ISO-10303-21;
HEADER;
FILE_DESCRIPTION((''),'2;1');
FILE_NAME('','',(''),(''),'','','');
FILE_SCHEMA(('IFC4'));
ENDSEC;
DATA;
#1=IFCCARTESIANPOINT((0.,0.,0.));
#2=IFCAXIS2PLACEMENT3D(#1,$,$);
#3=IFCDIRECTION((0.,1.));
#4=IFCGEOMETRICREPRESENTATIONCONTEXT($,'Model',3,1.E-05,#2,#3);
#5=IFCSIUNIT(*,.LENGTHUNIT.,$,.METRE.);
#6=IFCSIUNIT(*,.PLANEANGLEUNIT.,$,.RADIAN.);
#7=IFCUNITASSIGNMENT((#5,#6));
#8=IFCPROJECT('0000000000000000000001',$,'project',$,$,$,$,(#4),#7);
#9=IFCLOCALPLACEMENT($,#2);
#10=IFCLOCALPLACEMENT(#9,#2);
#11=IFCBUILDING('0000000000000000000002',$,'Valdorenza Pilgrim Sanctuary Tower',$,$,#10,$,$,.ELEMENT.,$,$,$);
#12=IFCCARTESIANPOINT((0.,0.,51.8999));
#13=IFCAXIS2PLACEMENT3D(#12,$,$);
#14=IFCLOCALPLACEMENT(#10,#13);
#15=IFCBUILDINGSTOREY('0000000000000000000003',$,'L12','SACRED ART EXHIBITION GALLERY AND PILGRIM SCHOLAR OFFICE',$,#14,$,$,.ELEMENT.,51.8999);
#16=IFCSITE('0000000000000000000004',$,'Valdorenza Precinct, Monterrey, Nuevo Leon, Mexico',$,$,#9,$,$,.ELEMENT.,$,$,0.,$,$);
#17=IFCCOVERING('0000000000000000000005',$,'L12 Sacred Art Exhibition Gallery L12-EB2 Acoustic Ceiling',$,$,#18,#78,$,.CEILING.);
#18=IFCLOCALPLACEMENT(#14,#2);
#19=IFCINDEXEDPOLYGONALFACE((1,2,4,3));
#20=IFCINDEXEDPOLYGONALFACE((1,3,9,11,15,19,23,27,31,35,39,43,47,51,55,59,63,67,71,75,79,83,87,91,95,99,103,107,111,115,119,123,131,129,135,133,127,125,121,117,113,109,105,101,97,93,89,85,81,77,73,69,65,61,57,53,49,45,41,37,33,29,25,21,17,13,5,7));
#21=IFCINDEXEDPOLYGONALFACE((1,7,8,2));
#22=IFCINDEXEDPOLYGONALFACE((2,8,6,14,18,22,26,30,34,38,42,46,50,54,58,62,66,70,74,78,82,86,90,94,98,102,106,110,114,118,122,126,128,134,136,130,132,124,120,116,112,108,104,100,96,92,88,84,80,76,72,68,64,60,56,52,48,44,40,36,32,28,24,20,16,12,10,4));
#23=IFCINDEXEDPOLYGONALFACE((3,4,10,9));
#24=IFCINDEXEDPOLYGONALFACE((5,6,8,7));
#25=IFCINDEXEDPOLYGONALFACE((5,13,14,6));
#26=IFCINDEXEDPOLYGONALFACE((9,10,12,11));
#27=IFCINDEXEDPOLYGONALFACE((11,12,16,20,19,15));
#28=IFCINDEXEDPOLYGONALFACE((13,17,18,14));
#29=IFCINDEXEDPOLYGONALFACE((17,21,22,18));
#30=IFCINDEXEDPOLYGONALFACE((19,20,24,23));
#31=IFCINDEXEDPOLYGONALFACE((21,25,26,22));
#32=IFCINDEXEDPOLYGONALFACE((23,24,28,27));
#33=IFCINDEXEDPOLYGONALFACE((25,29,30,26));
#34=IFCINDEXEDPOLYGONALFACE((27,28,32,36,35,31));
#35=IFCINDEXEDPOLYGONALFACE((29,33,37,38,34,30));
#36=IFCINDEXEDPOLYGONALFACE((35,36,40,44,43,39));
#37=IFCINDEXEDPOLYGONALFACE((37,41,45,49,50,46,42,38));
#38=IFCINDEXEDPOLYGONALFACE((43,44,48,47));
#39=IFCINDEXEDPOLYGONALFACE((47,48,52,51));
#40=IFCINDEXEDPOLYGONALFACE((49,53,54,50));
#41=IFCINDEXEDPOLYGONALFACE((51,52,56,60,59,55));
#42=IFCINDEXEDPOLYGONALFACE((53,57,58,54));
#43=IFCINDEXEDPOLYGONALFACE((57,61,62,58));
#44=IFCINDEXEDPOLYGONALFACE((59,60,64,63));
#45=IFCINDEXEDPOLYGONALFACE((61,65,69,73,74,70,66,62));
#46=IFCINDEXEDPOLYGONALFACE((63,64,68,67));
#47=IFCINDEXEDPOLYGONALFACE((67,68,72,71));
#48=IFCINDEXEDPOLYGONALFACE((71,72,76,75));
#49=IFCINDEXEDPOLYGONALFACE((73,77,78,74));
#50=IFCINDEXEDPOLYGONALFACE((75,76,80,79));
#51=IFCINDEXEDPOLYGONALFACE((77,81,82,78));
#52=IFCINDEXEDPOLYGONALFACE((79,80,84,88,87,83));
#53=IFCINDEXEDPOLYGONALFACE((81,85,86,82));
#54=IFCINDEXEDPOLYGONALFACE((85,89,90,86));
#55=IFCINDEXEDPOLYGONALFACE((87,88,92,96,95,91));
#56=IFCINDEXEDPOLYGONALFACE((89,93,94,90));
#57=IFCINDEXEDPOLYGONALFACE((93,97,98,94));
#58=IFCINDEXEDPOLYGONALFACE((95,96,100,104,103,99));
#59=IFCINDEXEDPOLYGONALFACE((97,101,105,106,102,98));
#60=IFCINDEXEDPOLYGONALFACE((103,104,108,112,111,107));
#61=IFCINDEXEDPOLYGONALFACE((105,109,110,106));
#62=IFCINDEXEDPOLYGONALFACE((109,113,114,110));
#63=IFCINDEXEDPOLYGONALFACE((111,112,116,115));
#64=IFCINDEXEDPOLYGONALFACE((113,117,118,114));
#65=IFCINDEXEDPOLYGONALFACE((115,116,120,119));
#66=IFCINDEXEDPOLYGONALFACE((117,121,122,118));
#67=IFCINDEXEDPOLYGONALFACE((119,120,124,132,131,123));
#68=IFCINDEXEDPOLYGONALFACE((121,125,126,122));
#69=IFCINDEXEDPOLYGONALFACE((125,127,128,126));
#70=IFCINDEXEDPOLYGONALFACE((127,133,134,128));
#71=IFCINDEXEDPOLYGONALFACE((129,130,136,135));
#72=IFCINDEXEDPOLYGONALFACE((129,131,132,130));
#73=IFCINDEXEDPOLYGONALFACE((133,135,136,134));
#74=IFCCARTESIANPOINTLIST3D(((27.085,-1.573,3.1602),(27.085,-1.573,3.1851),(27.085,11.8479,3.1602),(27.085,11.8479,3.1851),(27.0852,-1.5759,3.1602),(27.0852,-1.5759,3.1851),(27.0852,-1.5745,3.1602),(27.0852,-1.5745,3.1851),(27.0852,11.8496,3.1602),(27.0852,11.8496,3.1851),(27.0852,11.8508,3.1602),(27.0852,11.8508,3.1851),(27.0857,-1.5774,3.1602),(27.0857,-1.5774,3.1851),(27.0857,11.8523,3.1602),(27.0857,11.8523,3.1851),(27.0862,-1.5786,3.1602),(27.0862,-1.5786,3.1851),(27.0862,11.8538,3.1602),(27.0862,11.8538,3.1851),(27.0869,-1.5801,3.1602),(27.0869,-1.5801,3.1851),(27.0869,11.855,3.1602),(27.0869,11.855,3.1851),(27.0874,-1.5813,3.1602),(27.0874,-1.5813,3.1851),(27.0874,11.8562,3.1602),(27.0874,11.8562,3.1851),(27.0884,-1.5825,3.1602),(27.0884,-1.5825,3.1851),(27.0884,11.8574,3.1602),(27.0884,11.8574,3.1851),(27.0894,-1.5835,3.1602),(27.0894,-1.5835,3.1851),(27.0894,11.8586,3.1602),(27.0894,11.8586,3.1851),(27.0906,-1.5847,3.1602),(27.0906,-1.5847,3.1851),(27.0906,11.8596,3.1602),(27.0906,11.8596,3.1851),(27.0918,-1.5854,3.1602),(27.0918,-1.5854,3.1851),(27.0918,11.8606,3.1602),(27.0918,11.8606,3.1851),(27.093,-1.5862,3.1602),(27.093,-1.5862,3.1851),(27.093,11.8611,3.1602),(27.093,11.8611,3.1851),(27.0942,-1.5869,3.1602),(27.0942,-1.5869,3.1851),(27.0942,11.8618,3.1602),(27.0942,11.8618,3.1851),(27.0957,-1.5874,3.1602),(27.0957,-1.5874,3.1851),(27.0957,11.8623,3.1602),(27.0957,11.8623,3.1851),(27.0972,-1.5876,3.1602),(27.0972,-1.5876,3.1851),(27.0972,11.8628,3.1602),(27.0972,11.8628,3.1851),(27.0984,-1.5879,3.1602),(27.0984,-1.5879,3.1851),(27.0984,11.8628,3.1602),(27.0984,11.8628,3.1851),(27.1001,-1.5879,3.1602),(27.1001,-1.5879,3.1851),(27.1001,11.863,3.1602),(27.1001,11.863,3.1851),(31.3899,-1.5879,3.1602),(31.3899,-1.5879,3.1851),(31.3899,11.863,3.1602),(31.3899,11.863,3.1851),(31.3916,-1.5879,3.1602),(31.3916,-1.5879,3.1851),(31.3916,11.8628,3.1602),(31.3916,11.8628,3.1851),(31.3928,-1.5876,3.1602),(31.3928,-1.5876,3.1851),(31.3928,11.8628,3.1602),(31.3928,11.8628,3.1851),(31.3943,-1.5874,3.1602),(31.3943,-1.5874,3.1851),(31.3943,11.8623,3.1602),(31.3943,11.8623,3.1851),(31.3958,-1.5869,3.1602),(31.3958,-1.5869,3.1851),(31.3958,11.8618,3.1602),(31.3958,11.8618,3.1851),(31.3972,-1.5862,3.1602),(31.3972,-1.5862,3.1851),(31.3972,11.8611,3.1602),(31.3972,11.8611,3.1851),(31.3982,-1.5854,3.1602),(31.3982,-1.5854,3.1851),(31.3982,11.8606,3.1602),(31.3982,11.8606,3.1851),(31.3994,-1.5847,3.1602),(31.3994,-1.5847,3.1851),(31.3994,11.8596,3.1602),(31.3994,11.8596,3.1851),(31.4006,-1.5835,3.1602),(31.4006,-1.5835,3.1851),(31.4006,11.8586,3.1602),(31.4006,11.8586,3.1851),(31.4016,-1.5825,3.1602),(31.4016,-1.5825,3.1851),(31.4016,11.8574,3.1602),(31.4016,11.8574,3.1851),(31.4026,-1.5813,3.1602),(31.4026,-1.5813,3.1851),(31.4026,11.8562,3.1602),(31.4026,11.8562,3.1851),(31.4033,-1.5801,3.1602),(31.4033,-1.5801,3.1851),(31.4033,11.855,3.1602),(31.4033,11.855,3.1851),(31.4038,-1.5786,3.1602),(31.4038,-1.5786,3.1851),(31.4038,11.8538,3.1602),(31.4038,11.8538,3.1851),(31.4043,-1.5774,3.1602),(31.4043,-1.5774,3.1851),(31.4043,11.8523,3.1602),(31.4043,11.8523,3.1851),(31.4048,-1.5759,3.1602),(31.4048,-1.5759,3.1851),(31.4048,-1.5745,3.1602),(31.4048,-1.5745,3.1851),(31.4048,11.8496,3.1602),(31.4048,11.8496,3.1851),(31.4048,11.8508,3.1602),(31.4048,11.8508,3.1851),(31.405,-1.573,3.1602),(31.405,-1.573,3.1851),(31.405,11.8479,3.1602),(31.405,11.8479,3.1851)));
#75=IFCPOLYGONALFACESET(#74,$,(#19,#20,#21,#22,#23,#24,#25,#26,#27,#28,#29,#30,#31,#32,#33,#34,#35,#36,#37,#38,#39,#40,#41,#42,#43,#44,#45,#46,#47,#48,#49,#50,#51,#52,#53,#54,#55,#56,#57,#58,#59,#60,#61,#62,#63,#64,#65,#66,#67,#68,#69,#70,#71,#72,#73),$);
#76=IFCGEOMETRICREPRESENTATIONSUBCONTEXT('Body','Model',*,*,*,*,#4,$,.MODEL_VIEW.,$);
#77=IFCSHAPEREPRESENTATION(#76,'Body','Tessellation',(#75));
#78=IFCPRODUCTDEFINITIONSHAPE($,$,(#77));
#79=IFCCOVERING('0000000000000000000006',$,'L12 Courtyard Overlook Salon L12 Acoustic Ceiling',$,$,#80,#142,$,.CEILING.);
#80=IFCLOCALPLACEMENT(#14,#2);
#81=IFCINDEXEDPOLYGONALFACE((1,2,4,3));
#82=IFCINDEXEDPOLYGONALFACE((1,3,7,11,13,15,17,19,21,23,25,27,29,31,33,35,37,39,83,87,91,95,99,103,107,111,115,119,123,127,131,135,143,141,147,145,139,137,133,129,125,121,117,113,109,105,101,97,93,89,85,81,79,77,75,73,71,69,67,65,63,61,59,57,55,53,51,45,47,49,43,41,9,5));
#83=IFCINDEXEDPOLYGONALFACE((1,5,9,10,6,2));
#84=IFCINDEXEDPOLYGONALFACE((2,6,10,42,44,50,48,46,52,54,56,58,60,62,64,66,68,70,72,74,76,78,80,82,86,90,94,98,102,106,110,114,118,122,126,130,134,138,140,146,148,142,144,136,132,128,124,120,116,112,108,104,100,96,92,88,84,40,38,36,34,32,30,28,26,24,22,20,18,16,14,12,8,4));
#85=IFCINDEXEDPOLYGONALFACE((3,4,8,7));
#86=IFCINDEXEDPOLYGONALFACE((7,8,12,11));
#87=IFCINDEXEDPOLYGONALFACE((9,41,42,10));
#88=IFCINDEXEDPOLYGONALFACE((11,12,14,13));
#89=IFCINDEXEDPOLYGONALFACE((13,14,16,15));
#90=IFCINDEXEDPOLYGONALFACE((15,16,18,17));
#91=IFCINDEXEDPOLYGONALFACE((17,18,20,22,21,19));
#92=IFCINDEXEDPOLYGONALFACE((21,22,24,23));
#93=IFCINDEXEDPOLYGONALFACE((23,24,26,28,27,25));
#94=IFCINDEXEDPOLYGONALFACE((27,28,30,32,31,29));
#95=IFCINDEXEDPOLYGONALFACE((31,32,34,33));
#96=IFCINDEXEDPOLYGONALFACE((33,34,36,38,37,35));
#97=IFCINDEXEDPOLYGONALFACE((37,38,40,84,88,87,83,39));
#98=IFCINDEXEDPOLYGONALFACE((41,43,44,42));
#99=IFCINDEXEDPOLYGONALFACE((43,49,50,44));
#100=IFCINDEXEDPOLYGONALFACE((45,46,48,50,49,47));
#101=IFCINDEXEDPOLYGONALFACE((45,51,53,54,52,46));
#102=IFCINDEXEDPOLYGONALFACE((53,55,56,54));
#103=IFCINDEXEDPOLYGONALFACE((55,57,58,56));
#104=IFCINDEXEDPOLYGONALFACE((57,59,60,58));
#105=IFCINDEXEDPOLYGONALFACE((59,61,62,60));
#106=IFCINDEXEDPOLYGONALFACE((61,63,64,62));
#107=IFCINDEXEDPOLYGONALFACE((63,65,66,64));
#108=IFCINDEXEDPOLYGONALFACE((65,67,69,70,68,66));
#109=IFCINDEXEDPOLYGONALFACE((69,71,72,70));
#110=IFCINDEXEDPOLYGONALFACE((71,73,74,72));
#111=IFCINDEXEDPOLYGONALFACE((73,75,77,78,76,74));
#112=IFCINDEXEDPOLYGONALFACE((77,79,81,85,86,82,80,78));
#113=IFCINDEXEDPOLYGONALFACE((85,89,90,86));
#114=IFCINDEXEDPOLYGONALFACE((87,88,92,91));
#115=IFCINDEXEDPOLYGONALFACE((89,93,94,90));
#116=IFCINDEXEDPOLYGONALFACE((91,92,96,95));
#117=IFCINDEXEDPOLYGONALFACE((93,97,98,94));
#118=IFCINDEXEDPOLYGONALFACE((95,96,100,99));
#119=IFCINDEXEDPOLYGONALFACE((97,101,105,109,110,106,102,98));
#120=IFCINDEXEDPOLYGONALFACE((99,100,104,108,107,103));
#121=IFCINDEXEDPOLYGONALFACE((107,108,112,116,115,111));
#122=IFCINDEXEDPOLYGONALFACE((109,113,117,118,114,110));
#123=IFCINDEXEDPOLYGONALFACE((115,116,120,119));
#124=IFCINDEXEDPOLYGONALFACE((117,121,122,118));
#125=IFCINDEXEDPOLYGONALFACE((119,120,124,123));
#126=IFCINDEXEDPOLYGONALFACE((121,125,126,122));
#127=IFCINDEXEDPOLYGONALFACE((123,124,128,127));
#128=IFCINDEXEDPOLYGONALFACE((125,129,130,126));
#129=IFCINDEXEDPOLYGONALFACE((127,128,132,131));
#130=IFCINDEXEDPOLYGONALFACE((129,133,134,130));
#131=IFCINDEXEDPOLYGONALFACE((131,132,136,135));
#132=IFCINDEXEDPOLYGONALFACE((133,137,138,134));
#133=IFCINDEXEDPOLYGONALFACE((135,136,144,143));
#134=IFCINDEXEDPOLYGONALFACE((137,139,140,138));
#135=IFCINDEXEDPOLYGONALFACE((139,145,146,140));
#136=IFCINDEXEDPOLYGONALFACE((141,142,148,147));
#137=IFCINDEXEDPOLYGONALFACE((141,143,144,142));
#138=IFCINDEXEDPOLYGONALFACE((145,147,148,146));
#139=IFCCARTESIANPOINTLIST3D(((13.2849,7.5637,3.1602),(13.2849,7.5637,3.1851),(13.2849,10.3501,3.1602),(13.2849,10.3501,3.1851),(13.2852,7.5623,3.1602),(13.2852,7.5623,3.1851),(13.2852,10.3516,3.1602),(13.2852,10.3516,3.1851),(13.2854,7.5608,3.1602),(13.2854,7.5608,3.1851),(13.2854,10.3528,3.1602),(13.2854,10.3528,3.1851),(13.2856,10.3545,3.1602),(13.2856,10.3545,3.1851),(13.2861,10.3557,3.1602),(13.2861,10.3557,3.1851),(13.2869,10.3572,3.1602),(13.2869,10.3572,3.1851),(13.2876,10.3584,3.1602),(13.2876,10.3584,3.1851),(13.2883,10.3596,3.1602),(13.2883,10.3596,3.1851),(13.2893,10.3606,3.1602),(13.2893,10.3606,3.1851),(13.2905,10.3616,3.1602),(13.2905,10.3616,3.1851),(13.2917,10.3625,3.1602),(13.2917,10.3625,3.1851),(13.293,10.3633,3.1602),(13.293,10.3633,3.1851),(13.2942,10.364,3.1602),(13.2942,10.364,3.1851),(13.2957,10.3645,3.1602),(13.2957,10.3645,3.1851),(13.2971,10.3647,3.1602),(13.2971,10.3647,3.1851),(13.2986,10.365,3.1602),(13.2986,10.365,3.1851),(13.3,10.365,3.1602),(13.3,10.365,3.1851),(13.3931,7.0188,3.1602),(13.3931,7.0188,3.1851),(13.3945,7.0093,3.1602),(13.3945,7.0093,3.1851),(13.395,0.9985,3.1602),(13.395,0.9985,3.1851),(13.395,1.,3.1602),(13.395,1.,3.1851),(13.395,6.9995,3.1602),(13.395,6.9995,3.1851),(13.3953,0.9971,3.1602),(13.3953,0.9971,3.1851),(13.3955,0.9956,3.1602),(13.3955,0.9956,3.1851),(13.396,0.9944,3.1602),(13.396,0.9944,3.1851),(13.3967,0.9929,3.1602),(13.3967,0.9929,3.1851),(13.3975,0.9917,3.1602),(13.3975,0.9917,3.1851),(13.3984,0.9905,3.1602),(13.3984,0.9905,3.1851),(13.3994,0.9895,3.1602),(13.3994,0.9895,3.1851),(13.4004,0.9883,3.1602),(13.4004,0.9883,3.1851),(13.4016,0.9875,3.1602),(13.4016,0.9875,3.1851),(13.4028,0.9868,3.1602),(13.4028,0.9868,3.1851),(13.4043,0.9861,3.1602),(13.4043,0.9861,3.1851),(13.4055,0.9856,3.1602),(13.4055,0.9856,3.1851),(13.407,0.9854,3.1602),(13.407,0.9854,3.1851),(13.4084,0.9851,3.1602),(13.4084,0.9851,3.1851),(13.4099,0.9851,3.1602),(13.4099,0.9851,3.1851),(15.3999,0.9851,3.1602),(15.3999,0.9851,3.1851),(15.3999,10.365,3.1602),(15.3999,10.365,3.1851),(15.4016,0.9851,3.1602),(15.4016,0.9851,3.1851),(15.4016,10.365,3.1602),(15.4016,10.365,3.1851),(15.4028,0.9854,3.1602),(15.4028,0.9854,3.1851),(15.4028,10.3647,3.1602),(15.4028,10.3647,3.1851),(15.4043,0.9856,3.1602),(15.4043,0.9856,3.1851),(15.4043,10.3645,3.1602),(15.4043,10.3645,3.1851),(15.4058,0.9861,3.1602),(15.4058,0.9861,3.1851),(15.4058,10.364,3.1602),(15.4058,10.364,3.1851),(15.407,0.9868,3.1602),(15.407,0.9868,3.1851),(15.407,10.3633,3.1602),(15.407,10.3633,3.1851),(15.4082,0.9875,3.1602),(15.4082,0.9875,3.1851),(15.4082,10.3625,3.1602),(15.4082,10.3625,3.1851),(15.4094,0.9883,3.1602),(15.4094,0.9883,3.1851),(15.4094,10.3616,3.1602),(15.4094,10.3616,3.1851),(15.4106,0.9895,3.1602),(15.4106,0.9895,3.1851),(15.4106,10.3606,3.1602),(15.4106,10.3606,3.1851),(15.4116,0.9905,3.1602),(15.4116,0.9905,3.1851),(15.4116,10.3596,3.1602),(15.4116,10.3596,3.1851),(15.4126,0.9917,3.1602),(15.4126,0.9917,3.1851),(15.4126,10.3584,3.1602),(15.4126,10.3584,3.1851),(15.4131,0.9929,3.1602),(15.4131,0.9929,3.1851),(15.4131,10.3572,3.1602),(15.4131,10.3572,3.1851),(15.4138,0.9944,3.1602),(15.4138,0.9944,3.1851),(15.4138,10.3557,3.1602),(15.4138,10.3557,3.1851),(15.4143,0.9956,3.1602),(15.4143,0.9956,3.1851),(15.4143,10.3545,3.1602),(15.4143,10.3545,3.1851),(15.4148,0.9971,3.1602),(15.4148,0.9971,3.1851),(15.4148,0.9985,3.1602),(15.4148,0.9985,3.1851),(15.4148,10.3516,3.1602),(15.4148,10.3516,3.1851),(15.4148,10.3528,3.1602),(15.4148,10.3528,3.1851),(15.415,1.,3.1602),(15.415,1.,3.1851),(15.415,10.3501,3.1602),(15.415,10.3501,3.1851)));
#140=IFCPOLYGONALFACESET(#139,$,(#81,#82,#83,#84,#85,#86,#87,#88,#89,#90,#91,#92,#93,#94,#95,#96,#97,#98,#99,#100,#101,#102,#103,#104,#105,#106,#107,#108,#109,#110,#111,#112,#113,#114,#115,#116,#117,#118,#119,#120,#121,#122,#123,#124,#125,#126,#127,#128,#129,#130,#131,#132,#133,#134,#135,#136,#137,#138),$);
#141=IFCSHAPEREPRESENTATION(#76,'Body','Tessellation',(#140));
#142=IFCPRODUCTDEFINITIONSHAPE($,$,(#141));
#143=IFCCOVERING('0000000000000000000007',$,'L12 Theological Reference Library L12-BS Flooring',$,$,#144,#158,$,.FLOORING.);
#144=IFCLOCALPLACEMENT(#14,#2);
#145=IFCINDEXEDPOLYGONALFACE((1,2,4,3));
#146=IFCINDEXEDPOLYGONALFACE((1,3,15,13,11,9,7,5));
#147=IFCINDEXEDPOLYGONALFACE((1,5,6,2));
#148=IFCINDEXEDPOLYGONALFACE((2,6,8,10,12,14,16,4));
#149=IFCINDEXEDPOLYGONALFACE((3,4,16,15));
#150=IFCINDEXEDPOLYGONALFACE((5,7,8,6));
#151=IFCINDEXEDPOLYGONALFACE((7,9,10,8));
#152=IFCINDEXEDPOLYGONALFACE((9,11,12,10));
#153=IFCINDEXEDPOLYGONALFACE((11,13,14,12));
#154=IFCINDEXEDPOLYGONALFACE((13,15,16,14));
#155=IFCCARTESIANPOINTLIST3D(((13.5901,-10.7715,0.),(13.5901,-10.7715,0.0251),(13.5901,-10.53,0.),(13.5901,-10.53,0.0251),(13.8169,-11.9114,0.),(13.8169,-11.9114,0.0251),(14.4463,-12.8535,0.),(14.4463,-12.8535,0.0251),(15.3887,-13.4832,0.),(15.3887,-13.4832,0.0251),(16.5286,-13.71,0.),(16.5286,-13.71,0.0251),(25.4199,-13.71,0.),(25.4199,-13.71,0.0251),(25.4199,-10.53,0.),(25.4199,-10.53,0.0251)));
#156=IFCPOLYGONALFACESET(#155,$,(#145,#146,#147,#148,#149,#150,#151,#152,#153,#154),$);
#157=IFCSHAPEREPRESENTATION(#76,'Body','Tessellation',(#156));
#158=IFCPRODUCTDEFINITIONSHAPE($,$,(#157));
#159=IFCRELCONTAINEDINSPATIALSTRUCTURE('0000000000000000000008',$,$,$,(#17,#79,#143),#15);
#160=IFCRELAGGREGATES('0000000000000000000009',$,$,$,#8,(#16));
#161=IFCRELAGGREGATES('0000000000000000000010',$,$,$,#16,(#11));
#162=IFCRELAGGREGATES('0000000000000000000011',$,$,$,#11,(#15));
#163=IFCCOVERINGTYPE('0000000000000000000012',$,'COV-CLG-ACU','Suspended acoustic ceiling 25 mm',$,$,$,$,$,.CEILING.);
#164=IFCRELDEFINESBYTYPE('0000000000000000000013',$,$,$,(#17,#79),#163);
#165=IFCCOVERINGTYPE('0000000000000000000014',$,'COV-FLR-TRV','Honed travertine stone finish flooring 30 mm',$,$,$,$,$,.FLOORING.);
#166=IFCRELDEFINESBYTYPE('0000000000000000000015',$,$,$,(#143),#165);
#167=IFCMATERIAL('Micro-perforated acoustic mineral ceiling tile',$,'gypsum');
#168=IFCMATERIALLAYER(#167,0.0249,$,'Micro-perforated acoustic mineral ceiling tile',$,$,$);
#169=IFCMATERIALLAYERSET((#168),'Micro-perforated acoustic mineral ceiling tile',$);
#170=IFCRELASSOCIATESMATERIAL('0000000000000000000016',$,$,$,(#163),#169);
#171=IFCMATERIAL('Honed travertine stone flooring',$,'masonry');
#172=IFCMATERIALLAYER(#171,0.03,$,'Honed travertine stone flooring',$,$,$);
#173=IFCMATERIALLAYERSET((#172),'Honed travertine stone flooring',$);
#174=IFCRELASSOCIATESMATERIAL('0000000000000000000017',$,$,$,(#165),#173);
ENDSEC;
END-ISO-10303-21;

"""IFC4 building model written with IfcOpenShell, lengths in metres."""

from ifc_helpers import new_model, si_unit, direction, frame, origin, place, context, subcontext, project, spatial, polyline, outline, extrude, material, layer, layer_set, type_object, element, save


model = new_model("IFC4")

# Units and contexts
model_context = context("Model", 3, precision=1e-05, world=origin(), true_north=direction((0.0, 1.0)))
body_context = subcontext(model_context, "Body", "Model", "MODEL_VIEW")
ifc_project = project(units=[si_unit("LENGTHUNIT", "METRE"), si_unit("PLANEANGLEUNIT", "RADIAN")], contexts=[model_context])

# Site, building, storey
site_placement = place(None, origin())
site = spatial("IfcSite", under=ifc_project, at=site_placement, Name="Valdorenza Precinct, Monterrey, Nuevo Leon, Mexico", CompositionType="ELEMENT", RefElevation=0.0)
building_placement = place(site_placement, origin())
building = spatial("IfcBuilding", under=site, at=building_placement, Name="Valdorenza Pilgrim Sanctuary Tower", CompositionType="ELEMENT")
storey_placement = place(building_placement, frame((0.0, 0.0, 51.8999)))
storey = spatial("IfcBuildingStorey", under=building, at=storey_placement, Name="L12", Description="SACRED ART EXHIBITION GALLERY AND PILGRIM SCHOLAR OFFICE", CompositionType="ELEMENT", Elevation=51.8999)

# Coverings
ifc_material_1 = material(Name="Micro-perforated acoustic mineral ceiling tile", Category="gypsum")
ifc_layer_1 = layer(ifc_material_1, 0.0249, Name="Micro-perforated acoustic mineral ceiling tile")
ifc_layer_set_1 = layer_set([ifc_layer_1], Name="Micro-perforated acoustic mineral ceiling tile")
covering_type_1 = type_object("IfcCoveringType", Name="COV-CLG-ACU", Description="Suspended acoustic ceiling 25 mm", PredefinedType="CEILING", material=ifc_layer_set_1)
covering_1_placement = place(storey_placement, frame((0.0, 0.0, 3.1602)))
element("IfcCovering", 1, at=covering_1_placement, inside=storey, type_object=covering_type_1, Name="L12 Sacred Art Exhibition Gallery L12-EB2 Acoustic Ceiling", PredefinedType="CEILING", context=body_context, shape_type="SweptSolid", body=[
    extrude(outline(polyline([(27.085, 11.8479), (27.0852, 11.8496), (27.0852, 11.8508), (27.0857, 11.8523), (27.0862, 11.8538), (27.0869, 11.855), (27.0874, 11.8562), (27.0884, 11.8574), (27.0894, 11.8586), (27.0906, 11.8596), (27.0918, 11.8606), (27.093, 11.8611), (27.0942, 11.8618), (27.0957, 11.8623), (27.0972, 11.8628), (27.0984, 11.8628), (27.1001, 11.863), (31.3899, 11.863), (31.3916, 11.8628), (31.3928, 11.8628), (31.3943, 11.8623), (31.3958, 11.8618), (31.3972, 11.8611), (31.3982, 11.8606), (31.3994, 11.8596), (31.4006, 11.8586), (31.4016, 11.8574), (31.4026, 11.8562), (31.4033, 11.855), (31.4038, 11.8538), (31.4043, 11.8523), (31.4048, 11.8508), (31.4048, 11.8496), (31.405, 11.8479), (31.405, -1.573), (31.4048, -1.5745), (31.4048, -1.5759), (31.4043, -1.5774), (31.4038, -1.5786), (31.4033, -1.5801), (31.4026, -1.5813), (31.4016, -1.5825), (31.4006, -1.5835), (31.3994, -1.5847), (31.3982, -1.5854), (31.3972, -1.5862), (31.3958, -1.5869), (31.3943, -1.5874), (31.3928, -1.5876), (31.3916, -1.5879), (31.3899, -1.5879), (27.1001, -1.5879), (27.0984, -1.5879), (27.0972, -1.5876), (27.0957, -1.5874), (27.0942, -1.5869), (27.093, -1.5862), (27.0918, -1.5854), (27.0906, -1.5847), (27.0894, -1.5835), (27.0884, -1.5825), (27.0874, -1.5813), (27.0869, -1.5801), (27.0862, -1.5786), (27.0857, -1.5774), (27.0852, -1.5759), (27.0852, -1.5745), (27.085, -1.573), (27.085, 11.8479)])), origin(), (0.0, 0.0, 1.0), 0.0249),
])
covering_2_placement = place(storey_placement, frame((0.0, 0.0, 3.1602)))
element("IfcCovering", 2, at=covering_2_placement, inside=storey, type_object=covering_type_1, Name="L12 Courtyard Overlook Salon L12 Acoustic Ceiling", PredefinedType="CEILING", context=body_context, shape_type="SweptSolid", body=[
    extrude(outline(polyline([(15.3999, 10.365), (15.4016, 10.365), (15.4028, 10.3647), (15.4043, 10.3645), (15.4058, 10.364), (15.407, 10.3633), (15.4082, 10.3625), (15.4094, 10.3616), (15.4106, 10.3606), (15.4116, 10.3596), (15.4126, 10.3584), (15.4131, 10.3572), (15.4138, 10.3557), (15.4143, 10.3545), (15.4148, 10.3528), (15.4148, 10.3516), (15.415, 10.3501), (15.415, 1.0), (15.4148, 0.9985), (15.4148, 0.9971), (15.4143, 0.9956), (15.4138, 0.9944), (15.4131, 0.9929), (15.4126, 0.9917), (15.4116, 0.9905), (15.4106, 0.9895), (15.4094, 0.9883), (15.4082, 0.9875), (15.407, 0.9868), (15.4058, 0.9861), (15.4043, 0.9856), (15.4028, 0.9854), (15.4016, 0.9851), (15.3999, 0.9851), (13.4099, 0.9851), (13.4084, 0.9851), (13.407, 0.9854), (13.4055, 0.9856), (13.4043, 0.9861), (13.4028, 0.9868), (13.4016, 0.9875), (13.4004, 0.9883), (13.3994, 0.9895), (13.3984, 0.9905), (13.3975, 0.9917), (13.3967, 0.9929), (13.396, 0.9944), (13.3955, 0.9956), (13.3953, 0.9971), (13.395, 0.9985), (13.395, 1.0), (13.395, 6.9995), (13.3945, 7.0093), (13.3931, 7.0188), (13.2854, 7.5608), (13.2852, 7.5623), (13.2849, 7.5637), (13.2849, 10.3501), (13.2852, 10.3516), (13.2854, 10.3528), (13.2856, 10.3545), (13.2861, 10.3557), (13.2869, 10.3572), (13.2876, 10.3584), (13.2883, 10.3596), (13.2893, 10.3606), (13.2905, 10.3616), (13.2917, 10.3625), (13.293, 10.3633), (13.2942, 10.364), (13.2957, 10.3645), (13.2971, 10.3647), (13.2986, 10.365), (13.3, 10.365), (15.3999, 10.365)])), origin(), (0.0, 0.0, 1.0), 0.0249),
])
ifc_material_2 = material(Name="Honed travertine stone flooring", Category="masonry")
ifc_layer_2 = layer(ifc_material_2, 0.03, Name="Honed travertine stone flooring")
ifc_layer_set_2 = layer_set([ifc_layer_2], Name="Honed travertine stone flooring")
covering_type_2 = type_object("IfcCoveringType", Name="COV-FLR-TRV", Description="Honed travertine stone finish flooring 30 mm", PredefinedType="FLOORING", material=ifc_layer_set_2)
covering_3_placement = place(storey_placement, origin())
element("IfcCovering", 3, at=covering_3_placement, inside=storey, type_object=covering_type_2, Name="L12 Theological Reference Library L12-BS Flooring", PredefinedType="FLOORING", context=body_context, shape_type="SweptSolid", body=[
    extrude(outline(polyline([(25.4199, -13.71), (16.5286, -13.71), (15.3887, -13.4832), (14.4463, -12.8535), (13.8169, -11.9114), (13.5901, -10.7715), (13.5901, -10.53), (25.4199, -10.53), (25.4199, -13.71)])), origin(), (0.0, 0.0, 1.0), 0.0251),
])

save(model, "model.ifc")
